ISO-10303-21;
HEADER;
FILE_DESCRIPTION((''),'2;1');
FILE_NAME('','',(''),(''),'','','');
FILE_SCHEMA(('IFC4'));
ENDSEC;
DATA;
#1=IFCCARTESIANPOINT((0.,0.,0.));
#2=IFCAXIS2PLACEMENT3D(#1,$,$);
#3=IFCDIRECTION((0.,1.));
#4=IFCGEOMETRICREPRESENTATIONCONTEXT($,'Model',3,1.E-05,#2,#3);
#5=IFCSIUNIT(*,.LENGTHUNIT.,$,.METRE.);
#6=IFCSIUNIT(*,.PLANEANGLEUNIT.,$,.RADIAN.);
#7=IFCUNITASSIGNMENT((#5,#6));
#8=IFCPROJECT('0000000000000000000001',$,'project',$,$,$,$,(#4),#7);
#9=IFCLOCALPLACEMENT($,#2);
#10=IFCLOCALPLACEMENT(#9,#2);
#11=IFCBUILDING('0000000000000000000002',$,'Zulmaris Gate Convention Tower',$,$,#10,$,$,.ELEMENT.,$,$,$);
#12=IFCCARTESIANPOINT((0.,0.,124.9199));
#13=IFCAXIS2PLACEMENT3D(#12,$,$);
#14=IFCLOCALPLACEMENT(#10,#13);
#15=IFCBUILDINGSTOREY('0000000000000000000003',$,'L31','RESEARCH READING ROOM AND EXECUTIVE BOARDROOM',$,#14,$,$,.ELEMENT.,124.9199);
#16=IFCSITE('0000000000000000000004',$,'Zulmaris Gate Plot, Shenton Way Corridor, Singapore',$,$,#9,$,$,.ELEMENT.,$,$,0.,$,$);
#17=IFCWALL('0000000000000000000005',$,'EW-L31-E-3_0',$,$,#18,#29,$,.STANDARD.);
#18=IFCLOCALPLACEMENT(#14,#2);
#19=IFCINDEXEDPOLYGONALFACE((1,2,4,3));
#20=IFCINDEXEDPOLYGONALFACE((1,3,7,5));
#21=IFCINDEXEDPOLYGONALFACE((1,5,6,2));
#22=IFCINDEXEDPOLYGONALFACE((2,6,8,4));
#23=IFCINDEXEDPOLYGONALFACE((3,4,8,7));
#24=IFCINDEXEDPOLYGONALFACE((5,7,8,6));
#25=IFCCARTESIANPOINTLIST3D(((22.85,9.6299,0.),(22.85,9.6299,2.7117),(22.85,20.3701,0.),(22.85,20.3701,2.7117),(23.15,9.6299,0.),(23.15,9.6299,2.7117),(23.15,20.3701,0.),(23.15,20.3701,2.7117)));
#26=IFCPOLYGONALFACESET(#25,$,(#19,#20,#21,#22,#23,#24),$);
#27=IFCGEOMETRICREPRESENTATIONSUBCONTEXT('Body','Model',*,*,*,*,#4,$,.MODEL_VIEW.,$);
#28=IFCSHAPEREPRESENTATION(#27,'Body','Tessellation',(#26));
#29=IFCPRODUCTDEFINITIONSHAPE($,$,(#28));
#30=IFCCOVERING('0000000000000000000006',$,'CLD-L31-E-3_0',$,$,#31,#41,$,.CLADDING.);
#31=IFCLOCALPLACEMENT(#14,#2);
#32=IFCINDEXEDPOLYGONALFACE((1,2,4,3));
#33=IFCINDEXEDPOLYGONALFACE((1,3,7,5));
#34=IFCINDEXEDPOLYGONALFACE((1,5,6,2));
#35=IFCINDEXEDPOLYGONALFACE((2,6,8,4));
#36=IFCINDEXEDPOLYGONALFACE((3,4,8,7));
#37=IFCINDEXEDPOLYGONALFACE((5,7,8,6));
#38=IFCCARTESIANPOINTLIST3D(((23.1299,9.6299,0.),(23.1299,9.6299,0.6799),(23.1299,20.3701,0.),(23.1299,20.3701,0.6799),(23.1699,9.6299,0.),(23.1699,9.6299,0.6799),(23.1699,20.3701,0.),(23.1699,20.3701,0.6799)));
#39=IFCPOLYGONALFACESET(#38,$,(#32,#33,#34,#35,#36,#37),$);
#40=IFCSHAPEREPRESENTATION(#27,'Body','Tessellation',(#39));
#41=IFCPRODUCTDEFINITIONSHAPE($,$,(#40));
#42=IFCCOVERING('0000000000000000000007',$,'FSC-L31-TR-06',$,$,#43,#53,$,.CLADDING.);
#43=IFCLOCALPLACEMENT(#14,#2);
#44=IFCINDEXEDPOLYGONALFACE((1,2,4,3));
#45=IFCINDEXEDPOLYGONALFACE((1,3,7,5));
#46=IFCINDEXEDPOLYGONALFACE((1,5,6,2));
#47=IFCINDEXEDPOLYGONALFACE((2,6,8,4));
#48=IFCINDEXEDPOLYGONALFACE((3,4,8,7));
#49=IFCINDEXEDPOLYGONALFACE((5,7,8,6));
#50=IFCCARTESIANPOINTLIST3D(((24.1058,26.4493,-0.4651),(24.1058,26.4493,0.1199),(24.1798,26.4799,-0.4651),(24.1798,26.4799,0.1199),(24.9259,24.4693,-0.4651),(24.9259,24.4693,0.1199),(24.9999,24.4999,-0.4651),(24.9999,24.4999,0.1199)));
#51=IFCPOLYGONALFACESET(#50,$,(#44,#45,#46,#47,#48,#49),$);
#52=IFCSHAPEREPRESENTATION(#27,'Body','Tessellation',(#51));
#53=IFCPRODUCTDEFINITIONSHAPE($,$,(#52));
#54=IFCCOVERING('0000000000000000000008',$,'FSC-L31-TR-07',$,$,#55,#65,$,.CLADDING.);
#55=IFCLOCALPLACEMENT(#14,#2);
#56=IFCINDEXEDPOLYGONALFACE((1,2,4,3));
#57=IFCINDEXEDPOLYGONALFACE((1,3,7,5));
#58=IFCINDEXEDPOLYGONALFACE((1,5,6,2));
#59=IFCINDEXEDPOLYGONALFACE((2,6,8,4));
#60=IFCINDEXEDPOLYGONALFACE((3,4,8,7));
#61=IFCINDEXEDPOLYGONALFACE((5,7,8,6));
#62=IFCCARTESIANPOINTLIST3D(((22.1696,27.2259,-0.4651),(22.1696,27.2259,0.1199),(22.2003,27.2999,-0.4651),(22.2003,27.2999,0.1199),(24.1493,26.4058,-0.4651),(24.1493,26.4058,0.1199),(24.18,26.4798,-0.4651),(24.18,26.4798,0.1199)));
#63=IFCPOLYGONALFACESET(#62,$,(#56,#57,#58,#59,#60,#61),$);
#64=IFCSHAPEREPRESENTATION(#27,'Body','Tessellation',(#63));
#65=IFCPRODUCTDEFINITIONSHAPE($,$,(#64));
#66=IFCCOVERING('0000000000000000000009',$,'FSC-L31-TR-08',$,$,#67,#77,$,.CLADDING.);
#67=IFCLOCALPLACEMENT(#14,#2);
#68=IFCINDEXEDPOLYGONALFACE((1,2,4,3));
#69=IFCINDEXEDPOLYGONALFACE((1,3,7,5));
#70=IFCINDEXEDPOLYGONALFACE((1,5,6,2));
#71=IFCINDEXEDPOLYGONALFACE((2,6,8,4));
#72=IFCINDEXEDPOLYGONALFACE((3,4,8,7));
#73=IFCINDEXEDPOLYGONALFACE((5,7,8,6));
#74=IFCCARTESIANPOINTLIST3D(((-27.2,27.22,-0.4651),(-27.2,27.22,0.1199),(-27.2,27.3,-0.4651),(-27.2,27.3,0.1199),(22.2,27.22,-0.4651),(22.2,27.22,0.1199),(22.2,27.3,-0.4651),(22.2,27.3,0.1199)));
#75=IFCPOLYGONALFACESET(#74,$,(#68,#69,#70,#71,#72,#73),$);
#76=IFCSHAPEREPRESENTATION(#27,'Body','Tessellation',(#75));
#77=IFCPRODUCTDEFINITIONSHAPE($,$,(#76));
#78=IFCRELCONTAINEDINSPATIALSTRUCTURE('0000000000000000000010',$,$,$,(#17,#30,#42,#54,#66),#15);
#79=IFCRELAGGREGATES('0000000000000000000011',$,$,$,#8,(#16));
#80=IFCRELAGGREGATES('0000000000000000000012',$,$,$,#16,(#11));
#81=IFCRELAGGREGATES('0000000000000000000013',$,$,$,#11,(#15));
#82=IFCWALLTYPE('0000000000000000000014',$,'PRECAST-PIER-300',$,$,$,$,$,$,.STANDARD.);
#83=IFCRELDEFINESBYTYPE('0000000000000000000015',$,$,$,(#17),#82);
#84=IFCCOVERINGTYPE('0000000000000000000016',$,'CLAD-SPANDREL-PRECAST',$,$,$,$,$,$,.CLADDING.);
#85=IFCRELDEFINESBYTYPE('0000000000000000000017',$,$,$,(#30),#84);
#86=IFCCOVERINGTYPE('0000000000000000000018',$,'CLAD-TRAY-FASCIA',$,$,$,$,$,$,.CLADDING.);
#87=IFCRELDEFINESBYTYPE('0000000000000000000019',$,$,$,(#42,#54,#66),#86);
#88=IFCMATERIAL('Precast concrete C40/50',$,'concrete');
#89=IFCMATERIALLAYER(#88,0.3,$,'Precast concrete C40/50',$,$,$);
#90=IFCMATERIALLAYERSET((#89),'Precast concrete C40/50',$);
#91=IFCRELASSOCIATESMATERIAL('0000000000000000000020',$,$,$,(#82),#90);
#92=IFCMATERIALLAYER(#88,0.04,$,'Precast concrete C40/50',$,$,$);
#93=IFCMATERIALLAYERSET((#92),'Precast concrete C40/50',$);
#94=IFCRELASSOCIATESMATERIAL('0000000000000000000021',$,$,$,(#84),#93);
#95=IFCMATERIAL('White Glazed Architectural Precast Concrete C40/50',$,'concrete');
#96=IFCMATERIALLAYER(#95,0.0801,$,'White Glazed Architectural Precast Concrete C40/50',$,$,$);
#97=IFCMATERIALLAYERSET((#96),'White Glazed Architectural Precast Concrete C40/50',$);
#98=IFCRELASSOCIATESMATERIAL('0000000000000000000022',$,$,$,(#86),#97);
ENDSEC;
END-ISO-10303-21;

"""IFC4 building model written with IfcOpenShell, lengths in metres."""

from ifc_helpers import new_model, si_unit, direction, frame, frame_2d, origin, place, context, subcontext, project, spatial, rectangle, extrude, material, layer, layer_set, type_object, element, save


model = new_model("IFC4")

# Units and contexts
model_context = context("Model", 3, precision=1e-05, world=origin(), true_north=direction((0.0, 1.0)))
body_context = subcontext(model_context, "Body", "Model", "MODEL_VIEW")
ifc_project = project(units=[si_unit("LENGTHUNIT", "METRE"), si_unit("PLANEANGLEUNIT", "RADIAN")], contexts=[model_context])

# Site, building, storey
site_placement = place(None, origin())
site = spatial("IfcSite", under=ifc_project, at=site_placement, Name="Zulmaris Gate Plot, Shenton Way Corridor, Singapore", CompositionType="ELEMENT", RefElevation=0.0)
building_placement = place(site_placement, origin())
building = spatial("IfcBuilding", under=site, at=building_placement, Name="Zulmaris Gate Convention Tower", CompositionType="ELEMENT")
storey_placement = place(building_placement, frame((0.0, 0.0, 124.9199)))
storey = spatial("IfcBuildingStorey", under=building, at=storey_placement, Name="L31", Description="RESEARCH READING ROOM AND EXECUTIVE BOARDROOM", CompositionType="ELEMENT", Elevation=124.9199)

# Shared definitions
ifc_material_1 = material(Name="Precast concrete C40/50", Category="concrete")
ifc_layer_1 = layer(ifc_material_1, 0.3, Name="Precast concrete C40/50")
ifc_layer_set_1 = layer_set([ifc_layer_1], Name="Precast concrete C40/50")
wall_type_1 = type_object("IfcWallType", Name="PRECAST-PIER-300", PredefinedType="STANDARD", material=ifc_layer_set_1)

# Wall
wall_1_placement = place(storey_placement, frame((23.0, 9.6299, 0.0), z_axis=(0.0, 0.0, 1.0), x_axis=(0.0, 1.0, 0.0)))
element("IfcWall", 1, at=wall_1_placement, inside=storey, type_object=wall_type_1, Name="EW-L31-E-3_0", PredefinedType="STANDARD", context=body_context, shape_type="SweptSolid", body=[
    extrude(rectangle(XDim=10.7402, YDim=0.3, at=frame_2d((5.3701, 0.0))), origin(), (0.0, 0.0, 1.0), 2.7117),
])

# Coverings
ifc_layer_2 = layer(ifc_material_1, 0.04, Name="Precast concrete C40/50")
ifc_layer_set_2 = layer_set([ifc_layer_2], Name="Precast concrete C40/50")
covering_type_1 = type_object("IfcCoveringType", Name="CLAD-SPANDREL-PRECAST", PredefinedType="CLADDING", material=ifc_layer_set_2)
covering_1_placement = place(storey_placement, frame((23.1499, 9.6299, 0.0), z_axis=(0.0, 0.0, 1.0), x_axis=(0.0, 1.0, 0.0)))
element("IfcCovering", 2, at=covering_1_placement, inside=storey, type_object=covering_type_1, Name="CLD-L31-E-3_0", PredefinedType="CLADDING", context=body_context, shape_type="SweptSolid", body=[
    extrude(rectangle(XDim=10.7402, YDim=0.04, at=frame_2d((5.3701, 0.0))), origin(), (0.0, 0.0, 1.0), 0.6799),
])
ifc_material_2 = material(Name="White Glazed Architectural Precast Concrete C40/50", Category="concrete")
ifc_layer_3 = layer(ifc_material_2, 0.0801, Name="White Glazed Architectural Precast Concrete C40/50")
ifc_layer_set_3 = layer_set([ifc_layer_3], Name="White Glazed Architectural Precast Concrete C40/50")
covering_type_2 = type_object("IfcCoveringType", Name="CLAD-TRAY-FASCIA", PredefinedType="CLADDING", material=ifc_layer_set_3)
covering_2_placement = place(storey_placement, frame((24.9629, 24.4846, -0.4651), z_axis=(0.0, 0.0, 1.0), x_axis=(-0.382657, 0.92389, 0.0)))
element("IfcCovering", 3, at=covering_2_placement, inside=storey, type_object=covering_type_2, Name="FSC-L31-TR-06", PredefinedType="CLADDING", context=body_context, shape_type="SweptSolid", body=[
    extrude(rectangle(XDim=2.1431, YDim=0.0801, at=frame_2d((1.0715, 0.0))), origin(), (0.0, 0.0, 1.0), 0.585),
])
covering_3_placement = place(storey_placement, frame((24.1646, 26.4429, -0.4651), z_axis=(0.0, 0.0, 1.0), x_axis=(-0.923874, 0.382697, 0.0)))
element("IfcCovering", 4, at=covering_3_placement, inside=storey, type_object=covering_type_2, Name="FSC-L31-TR-07", PredefinedType="CLADDING", context=body_context, shape_type="SweptSolid", body=[
    extrude(rectangle(XDim=2.1428, YDim=0.0801, at=frame_2d((1.0713, 0.0))), origin(), (0.0, 0.0, 1.0), 0.585),
])
covering_4_placement = place(storey_placement, frame((22.2, 27.26, -0.4651), z_axis=(0.0, 0.0, 1.0), x_axis=(-1.0, 0.0, 0.0)))
element("IfcCovering", 5, at=covering_4_placement, inside=storey, type_object=covering_type_2, Name="FSC-L31-TR-08", PredefinedType="CLADDING", context=body_context, shape_type="SweptSolid", body=[
    extrude(rectangle(XDim=49.3999, YDim=0.0801, at=frame_2d((24.7, 0.0))), origin(), (0.0, 0.0, 1.0), 0.585),
])

save(model, "model.ifc")
